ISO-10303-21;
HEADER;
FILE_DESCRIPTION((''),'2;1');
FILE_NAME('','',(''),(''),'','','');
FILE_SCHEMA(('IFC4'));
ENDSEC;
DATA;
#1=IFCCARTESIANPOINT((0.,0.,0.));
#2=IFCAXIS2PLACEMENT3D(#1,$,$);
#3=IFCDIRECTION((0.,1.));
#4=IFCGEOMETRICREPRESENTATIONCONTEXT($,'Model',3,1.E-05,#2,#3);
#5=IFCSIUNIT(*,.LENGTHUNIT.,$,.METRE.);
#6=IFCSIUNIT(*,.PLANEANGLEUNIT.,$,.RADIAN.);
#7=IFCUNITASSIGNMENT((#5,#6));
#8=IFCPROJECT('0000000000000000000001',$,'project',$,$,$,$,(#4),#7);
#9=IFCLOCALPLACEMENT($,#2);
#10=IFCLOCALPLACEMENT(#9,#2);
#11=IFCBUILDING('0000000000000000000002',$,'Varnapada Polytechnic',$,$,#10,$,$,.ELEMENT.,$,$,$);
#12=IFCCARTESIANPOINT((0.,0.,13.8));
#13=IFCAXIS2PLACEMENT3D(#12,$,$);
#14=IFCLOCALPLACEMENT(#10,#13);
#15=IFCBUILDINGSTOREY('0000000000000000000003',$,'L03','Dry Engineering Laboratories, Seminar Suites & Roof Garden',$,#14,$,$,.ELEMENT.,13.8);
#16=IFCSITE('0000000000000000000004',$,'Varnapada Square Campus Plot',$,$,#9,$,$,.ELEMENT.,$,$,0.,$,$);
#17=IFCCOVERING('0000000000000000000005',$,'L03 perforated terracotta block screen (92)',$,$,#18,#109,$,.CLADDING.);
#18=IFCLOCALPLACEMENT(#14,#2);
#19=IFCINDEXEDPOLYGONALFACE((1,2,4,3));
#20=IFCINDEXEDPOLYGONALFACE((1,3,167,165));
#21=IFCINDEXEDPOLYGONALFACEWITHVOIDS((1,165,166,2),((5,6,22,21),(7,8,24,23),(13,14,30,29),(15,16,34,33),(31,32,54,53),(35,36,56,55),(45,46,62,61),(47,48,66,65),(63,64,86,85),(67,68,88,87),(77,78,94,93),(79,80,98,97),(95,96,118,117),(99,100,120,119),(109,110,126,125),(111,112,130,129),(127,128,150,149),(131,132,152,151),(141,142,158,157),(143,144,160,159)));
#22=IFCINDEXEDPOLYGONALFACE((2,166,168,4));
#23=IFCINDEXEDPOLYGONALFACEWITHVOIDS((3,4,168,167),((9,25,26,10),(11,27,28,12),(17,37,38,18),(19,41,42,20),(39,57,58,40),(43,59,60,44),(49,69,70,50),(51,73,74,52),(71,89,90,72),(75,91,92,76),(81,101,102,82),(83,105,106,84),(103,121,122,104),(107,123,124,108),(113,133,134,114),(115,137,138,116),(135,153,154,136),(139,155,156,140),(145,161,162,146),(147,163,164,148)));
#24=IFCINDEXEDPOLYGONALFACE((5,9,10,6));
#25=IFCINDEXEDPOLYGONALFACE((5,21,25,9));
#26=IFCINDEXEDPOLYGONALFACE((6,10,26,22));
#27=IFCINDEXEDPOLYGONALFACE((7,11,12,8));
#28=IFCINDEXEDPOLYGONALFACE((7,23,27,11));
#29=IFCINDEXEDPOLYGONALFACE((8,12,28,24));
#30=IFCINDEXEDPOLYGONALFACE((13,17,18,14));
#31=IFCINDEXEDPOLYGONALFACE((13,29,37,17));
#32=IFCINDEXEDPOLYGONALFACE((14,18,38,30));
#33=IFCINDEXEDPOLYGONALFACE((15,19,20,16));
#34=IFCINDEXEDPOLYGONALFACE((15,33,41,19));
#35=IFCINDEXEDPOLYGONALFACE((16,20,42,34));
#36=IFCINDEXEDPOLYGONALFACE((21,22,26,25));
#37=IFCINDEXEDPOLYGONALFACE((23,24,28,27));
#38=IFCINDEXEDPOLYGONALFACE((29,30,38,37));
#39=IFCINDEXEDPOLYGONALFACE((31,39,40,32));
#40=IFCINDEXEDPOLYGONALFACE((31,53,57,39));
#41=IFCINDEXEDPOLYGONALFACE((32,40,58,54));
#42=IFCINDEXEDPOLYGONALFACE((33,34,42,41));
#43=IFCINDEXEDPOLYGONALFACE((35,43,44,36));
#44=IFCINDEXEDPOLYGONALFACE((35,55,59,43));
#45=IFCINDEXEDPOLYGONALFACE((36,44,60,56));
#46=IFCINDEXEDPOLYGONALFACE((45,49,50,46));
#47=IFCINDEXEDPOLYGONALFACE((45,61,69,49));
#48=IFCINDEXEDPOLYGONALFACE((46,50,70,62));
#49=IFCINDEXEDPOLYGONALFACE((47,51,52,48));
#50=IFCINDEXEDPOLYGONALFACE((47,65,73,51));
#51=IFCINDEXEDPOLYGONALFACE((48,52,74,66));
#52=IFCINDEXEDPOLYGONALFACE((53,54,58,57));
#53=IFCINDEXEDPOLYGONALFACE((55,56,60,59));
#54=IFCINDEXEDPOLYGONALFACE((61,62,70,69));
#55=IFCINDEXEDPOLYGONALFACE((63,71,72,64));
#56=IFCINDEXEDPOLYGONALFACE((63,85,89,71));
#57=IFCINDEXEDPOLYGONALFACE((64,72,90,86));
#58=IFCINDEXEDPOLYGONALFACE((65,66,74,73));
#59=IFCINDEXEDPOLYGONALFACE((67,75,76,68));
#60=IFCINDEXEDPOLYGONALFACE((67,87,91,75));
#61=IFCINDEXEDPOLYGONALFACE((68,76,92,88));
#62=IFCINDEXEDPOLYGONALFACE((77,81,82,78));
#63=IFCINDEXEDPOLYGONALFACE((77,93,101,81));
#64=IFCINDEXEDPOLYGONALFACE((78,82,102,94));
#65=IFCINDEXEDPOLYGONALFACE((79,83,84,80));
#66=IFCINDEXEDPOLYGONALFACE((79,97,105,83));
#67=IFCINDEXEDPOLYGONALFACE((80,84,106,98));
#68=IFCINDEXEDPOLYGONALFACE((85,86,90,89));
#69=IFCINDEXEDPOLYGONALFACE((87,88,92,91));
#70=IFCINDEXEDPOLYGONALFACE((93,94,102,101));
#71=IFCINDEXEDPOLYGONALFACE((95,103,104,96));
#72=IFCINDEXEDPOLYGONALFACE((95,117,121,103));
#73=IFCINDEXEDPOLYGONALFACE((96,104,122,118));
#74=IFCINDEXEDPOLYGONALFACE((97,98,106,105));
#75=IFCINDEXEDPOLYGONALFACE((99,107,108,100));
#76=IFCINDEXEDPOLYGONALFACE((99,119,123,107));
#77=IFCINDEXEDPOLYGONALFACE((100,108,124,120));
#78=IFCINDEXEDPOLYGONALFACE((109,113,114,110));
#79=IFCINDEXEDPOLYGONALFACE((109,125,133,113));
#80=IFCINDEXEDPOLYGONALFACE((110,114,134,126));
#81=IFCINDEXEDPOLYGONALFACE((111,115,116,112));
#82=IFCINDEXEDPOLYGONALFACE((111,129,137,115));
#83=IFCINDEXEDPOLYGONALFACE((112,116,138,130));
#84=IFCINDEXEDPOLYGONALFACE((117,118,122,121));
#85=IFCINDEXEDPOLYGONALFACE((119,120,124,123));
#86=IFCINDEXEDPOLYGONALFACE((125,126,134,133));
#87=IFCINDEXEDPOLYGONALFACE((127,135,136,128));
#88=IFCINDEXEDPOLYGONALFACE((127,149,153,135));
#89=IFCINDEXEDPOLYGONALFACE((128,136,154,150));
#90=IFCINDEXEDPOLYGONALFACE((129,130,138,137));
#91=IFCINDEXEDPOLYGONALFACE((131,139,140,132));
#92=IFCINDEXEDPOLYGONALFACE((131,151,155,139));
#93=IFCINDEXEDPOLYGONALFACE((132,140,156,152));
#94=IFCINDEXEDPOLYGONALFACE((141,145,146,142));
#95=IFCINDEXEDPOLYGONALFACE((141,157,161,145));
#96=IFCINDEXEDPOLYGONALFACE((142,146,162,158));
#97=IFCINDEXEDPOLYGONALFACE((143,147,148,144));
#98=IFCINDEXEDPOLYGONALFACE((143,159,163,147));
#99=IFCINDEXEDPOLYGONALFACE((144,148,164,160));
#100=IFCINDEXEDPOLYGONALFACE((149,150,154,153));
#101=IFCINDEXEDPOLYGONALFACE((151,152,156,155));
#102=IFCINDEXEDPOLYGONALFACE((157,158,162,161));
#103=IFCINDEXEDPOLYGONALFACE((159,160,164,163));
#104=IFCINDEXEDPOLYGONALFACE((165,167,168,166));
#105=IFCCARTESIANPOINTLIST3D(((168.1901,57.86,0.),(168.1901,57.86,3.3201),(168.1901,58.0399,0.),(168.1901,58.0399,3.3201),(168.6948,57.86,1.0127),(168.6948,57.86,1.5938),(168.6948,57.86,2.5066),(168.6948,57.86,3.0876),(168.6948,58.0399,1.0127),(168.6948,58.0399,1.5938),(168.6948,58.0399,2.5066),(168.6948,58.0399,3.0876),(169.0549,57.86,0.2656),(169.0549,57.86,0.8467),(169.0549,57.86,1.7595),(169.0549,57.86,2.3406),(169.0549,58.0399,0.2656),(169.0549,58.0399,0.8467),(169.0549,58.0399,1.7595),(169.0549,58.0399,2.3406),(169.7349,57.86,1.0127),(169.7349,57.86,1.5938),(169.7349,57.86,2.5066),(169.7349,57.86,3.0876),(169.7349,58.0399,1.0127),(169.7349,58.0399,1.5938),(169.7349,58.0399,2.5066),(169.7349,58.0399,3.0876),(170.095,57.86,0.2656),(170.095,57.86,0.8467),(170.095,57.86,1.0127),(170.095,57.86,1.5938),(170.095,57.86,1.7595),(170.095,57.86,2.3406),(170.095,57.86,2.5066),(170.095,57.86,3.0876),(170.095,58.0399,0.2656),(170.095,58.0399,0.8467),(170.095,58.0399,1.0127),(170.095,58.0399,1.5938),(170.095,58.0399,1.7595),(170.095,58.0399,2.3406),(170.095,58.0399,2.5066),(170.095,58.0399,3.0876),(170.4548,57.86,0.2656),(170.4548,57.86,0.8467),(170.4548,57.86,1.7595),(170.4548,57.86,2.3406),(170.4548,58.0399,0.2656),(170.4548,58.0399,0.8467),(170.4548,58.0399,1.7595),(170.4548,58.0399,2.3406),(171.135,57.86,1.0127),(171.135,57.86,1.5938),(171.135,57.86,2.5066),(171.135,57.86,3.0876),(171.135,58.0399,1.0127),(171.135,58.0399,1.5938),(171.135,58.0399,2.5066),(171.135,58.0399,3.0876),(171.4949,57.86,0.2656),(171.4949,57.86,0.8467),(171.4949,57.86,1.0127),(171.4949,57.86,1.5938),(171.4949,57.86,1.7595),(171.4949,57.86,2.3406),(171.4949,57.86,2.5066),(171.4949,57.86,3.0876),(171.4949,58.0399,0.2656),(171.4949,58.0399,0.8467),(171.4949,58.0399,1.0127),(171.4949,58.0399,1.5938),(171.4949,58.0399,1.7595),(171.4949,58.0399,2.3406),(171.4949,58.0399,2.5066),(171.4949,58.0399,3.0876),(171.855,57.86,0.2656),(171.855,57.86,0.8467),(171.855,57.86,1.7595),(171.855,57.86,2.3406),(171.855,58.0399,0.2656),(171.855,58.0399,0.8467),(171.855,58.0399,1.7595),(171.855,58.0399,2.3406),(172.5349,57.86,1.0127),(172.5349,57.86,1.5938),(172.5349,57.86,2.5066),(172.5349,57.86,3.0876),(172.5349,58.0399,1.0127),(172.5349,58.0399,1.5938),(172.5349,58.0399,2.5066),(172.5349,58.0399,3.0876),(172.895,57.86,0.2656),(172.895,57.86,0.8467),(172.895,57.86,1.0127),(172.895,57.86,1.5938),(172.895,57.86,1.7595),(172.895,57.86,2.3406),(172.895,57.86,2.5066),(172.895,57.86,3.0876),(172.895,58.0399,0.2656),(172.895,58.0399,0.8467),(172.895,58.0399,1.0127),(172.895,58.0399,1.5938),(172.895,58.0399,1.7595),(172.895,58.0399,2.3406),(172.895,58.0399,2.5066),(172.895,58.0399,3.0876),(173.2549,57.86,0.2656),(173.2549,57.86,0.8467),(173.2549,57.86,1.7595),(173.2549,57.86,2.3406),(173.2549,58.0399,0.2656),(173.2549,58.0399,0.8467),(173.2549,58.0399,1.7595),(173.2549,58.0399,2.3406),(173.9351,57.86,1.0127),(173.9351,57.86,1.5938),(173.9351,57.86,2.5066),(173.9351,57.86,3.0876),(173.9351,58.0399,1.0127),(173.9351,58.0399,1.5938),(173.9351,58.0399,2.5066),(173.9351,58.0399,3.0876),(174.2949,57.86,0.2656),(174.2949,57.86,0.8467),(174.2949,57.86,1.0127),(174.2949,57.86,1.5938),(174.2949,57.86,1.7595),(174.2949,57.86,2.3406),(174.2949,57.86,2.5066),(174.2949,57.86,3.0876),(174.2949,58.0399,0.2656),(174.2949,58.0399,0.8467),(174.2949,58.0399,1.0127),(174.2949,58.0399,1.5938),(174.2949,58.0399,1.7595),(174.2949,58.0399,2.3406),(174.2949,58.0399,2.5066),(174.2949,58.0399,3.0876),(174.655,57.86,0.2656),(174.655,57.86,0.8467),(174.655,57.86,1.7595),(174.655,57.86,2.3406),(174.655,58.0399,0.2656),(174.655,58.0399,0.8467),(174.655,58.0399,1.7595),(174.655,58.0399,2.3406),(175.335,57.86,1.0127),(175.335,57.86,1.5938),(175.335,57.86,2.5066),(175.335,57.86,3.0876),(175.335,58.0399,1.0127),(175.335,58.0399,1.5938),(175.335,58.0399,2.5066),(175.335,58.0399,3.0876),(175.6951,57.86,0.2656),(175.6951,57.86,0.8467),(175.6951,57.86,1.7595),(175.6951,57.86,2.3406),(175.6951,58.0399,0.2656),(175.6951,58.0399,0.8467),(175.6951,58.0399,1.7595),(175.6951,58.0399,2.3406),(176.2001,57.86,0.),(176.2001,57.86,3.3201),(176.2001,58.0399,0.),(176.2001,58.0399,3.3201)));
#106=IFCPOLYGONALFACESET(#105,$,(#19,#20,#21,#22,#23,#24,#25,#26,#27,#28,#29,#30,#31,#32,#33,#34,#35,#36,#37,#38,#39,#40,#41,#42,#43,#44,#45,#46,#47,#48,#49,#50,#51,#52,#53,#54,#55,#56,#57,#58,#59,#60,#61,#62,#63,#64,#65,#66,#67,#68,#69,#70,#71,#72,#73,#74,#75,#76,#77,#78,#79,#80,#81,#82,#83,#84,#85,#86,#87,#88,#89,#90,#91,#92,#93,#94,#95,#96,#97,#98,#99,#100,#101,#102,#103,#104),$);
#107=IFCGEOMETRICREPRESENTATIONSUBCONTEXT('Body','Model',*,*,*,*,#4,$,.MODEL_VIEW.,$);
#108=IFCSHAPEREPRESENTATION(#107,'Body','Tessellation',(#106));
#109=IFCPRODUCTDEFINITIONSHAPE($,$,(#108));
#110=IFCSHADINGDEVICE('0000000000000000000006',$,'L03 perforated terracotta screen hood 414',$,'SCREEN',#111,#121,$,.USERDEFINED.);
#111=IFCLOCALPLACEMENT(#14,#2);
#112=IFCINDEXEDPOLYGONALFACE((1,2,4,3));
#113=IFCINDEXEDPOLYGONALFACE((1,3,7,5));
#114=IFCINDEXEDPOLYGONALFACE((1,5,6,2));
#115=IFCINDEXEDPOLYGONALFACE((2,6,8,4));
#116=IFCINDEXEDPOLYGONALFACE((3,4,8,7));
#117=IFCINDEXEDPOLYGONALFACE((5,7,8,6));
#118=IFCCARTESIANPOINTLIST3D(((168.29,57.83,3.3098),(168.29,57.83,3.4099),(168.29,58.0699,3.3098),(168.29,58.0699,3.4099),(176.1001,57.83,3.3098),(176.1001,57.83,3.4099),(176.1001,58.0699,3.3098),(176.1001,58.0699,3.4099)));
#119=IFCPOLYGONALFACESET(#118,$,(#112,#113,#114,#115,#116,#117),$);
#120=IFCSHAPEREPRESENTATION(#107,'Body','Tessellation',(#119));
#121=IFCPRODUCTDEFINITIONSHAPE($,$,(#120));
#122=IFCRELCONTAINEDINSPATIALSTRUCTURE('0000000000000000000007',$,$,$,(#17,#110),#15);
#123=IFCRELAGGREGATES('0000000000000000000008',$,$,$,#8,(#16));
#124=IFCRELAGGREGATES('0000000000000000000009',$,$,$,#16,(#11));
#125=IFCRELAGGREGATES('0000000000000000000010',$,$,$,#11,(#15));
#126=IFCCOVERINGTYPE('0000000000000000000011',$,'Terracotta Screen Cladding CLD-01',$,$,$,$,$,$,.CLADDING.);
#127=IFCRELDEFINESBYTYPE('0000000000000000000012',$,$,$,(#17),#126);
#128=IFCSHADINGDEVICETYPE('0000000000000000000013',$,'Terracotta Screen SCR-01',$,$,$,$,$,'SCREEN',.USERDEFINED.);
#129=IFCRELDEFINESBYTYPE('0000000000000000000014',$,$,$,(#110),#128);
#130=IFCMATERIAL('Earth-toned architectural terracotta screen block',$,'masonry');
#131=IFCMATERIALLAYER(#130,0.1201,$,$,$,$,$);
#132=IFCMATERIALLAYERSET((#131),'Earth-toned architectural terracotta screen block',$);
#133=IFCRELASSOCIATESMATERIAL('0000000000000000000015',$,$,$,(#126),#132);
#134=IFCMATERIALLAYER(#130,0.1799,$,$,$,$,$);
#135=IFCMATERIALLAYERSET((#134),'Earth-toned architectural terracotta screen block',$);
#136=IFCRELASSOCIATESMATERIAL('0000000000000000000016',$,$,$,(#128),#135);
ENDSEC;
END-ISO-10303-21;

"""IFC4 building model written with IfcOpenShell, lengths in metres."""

from ifc_helpers import new_model, si_unit, direction, frame, frame_2d, origin, origin_2d, place, context, subcontext, project, spatial, rectangle, extrude, material, layer, layer_set, type_object, element, save


model = new_model("IFC4")

# Units and contexts
model_context = context("Model", 3, precision=1e-05, world=origin(), true_north=direction((0.0, 1.0)))
body_context = subcontext(model_context, "Body", "Model", "MODEL_VIEW")
ifc_project = project(units=[si_unit("LENGTHUNIT", "METRE"), si_unit("PLANEANGLEUNIT", "RADIAN")], contexts=[model_context])

# Site, building, storey
site_placement = place(None, origin())
site = spatial("IfcSite", under=ifc_project, at=site_placement, Name="Varnapada Square Campus Plot", CompositionType="ELEMENT", RefElevation=0.0)
building_placement = place(site_placement, origin())
building = spatial("IfcBuilding", under=site, at=building_placement, Name="Varnapada Polytechnic", CompositionType="ELEMENT")
storey_placement = place(building_placement, frame((0.0, 0.0, 13.8)))
storey = spatial("IfcBuildingStorey", under=building, at=storey_placement, Name="L03", Description="Dry Engineering Laboratories, Seminar Suites & Roof Garden", CompositionType="ELEMENT", Elevation=13.8)

# Covering, openings
ifc_material_1 = material(Name="Earth-toned architectural terracotta screen block", Category="masonry")
ifc_layer_1 = layer(ifc_material_1, 0.1201)
ifc_layer_set_1 = layer_set([ifc_layer_1], Name="Earth-toned architectural terracotta screen block")
covering_type = type_object("IfcCoveringType", Name="Terracotta Screen Cladding CLD-01", PredefinedType="CLADDING", material=ifc_layer_set_1)
covering_placement = place(storey_placement, frame((176.2, 57.95, 0.0), z_axis=(0.0, 0.0, 1.0), x_axis=(-1.0, 0.0, 0.0)))
covering = element("IfcCovering", 1, at=covering_placement, inside=storey, type_object=covering_type, Name="L03 perforated terracotta block screen (92)", PredefinedType="CLADDING", context=body_context, shape_type="SweptSolid", body=[
    extrude(rectangle(XDim=8.01, YDim=0.1799, at=frame_2d((4.0049, 0.0))), origin(), (0.0, 0.0, 1.0), 3.3201),
])
opening_1_placement = place(covering_placement, frame((0.5049, 0.0, 0.2656)))
element("IfcOpeningElement", 2, at=opening_1_placement, cuts=covering, PredefinedType="OPENING", context=body_context, shape_type="SweptSolid", body=[
    extrude(rectangle(XDim=1.04, YDim=0.5811, at=frame_2d((0.52, 0.2905))), frame((0.0, 0.0999, 0.0), z_axis=(0.0, -1.0, 0.0), x_axis=(1.0, 0.0, 0.0)), (0.0, 0.0, 1.0), 0.2),
])
opening_2_placement = place(covering_placement, frame((1.905, 0.0, 0.2656)))
element("IfcOpeningElement", 3, at=opening_2_placement, cuts=covering, PredefinedType="OPENING", context=body_context, shape_type="SweptSolid", body=[
    extrude(rectangle(XDim=1.04, YDim=0.5811, at=frame_2d((0.52, 0.2905))), frame((0.0, 0.0999, 0.0), z_axis=(0.0, -1.0, 0.0), x_axis=(1.0, 0.0, 0.0)), (0.0, 0.0, 1.0), 0.2),
])
opening_3_placement = place(covering_placement, frame((3.3049, 0.0, 0.2656)))
element("IfcOpeningElement", 4, at=opening_3_placement, cuts=covering, PredefinedType="OPENING", context=body_context, shape_type="SweptSolid", body=[
    extrude(rectangle(XDim=1.04, YDim=0.5811, at=frame_2d((0.52, 0.2905))), frame((0.0, 0.0999, 0.0), z_axis=(0.0, -1.0, 0.0), x_axis=(1.0, 0.0, 0.0)), (0.0, 0.0, 1.0), 0.2),
])
opening_4_placement = place(covering_placement, frame((4.7051, 0.0, 0.2656)))
element("IfcOpeningElement", 5, at=opening_4_placement, cuts=covering, PredefinedType="OPENING", context=body_context, shape_type="SweptSolid", body=[
    extrude(rectangle(XDim=1.04, YDim=0.5811, at=frame_2d((0.52, 0.2905))), frame((0.0, 0.0999, 0.0), z_axis=(0.0, -1.0, 0.0), x_axis=(1.0, 0.0, 0.0)), (0.0, 0.0, 1.0), 0.2),
])
opening_5_placement = place(covering_placement, frame((6.105, 0.0, 0.2656)))
element("IfcOpeningElement", 6, at=opening_5_placement, cuts=covering, PredefinedType="OPENING", context=body_context, shape_type="SweptSolid", body=[
    extrude(rectangle(XDim=1.04, YDim=0.5811, at=frame_2d((0.52, 0.2905))), frame((0.0, 0.0999, 0.0), z_axis=(0.0, -1.0, 0.0), x_axis=(1.0, 0.0, 0.0)), (0.0, 0.0, 1.0), 0.2),
])
opening_6_placement = place(covering_placement, frame((0.865, 0.0, 1.0127)))
element("IfcOpeningElement", 7, at=opening_6_placement, cuts=covering, PredefinedType="OPENING", context=body_context, shape_type="SweptSolid", body=[
    extrude(rectangle(XDim=1.04, YDim=0.5811, at=frame_2d((0.52, 0.2905))), frame((0.0, 0.0999, 0.0), z_axis=(0.0, -1.0, 0.0), x_axis=(1.0, 0.0, 0.0)), (0.0, 0.0, 1.0), 0.2),
])
opening_7_placement = place(covering_placement, frame((2.2649, 0.0, 1.0127)))
element("IfcOpeningElement", 8, at=opening_7_placement, cuts=covering, PredefinedType="OPENING", context=body_context, shape_type="SweptSolid", body=[
    extrude(rectangle(XDim=1.04, YDim=0.5811, at=frame_2d((0.52, 0.2905))), frame((0.0, 0.0999, 0.0), z_axis=(0.0, -1.0, 0.0), x_axis=(1.0, 0.0, 0.0)), (0.0, 0.0, 1.0), 0.2),
])
opening_8_placement = place(covering_placement, frame((3.665, 0.0, 1.0127)))
element("IfcOpeningElement", 9, at=opening_8_placement, cuts=covering, PredefinedType="OPENING", context=body_context, shape_type="SweptSolid", body=[
    extrude(rectangle(XDim=1.04, YDim=0.5811, at=frame_2d((0.52, 0.2905))), frame((0.0, 0.0999, 0.0), z_axis=(0.0, -1.0, 0.0), x_axis=(1.0, 0.0, 0.0)), (0.0, 0.0, 1.0), 0.2),
])
opening_9_placement = place(covering_placement, frame((5.0649, 0.0, 1.0127)))
element("IfcOpeningElement", 10, at=opening_9_placement, cuts=covering, PredefinedType="OPENING", context=body_context, shape_type="SweptSolid", body=[
    extrude(rectangle(XDim=1.04, YDim=0.5811, at=frame_2d((0.52, 0.2905))), frame((0.0, 0.0999, 0.0), z_axis=(0.0, -1.0, 0.0), x_axis=(1.0, 0.0, 0.0)), (0.0, 0.0, 1.0), 0.2),
])
opening_10_placement = place(covering_placement, frame((6.4651, 0.0, 1.0127)))
element("IfcOpeningElement", 11, at=opening_10_placement, cuts=covering, PredefinedType="OPENING", context=body_context, shape_type="SweptSolid", body=[
    extrude(rectangle(XDim=1.04, YDim=0.5811, at=frame_2d((0.52, 0.2905))), frame((0.0, 0.0999, 0.0), z_axis=(0.0, -1.0, 0.0), x_axis=(1.0, 0.0, 0.0)), (0.0, 0.0, 1.0), 0.2),
])
opening_11_placement = place(covering_placement, frame((0.5049, 0.0, 1.7595)))
element("IfcOpeningElement", 12, at=opening_11_placement, cuts=covering, PredefinedType="OPENING", context=body_context, shape_type="SweptSolid", body=[
    extrude(rectangle(XDim=1.04, YDim=0.5811, at=frame_2d((0.52, 0.2905))), frame((0.0, 0.0999, 0.0), z_axis=(0.0, -1.0, 0.0), x_axis=(1.0, 0.0, 0.0)), (0.0, 0.0, 1.0), 0.2),
])
opening_12_placement = place(covering_placement, frame((1.905, 0.0, 1.7595)))
element("IfcOpeningElement", 13, at=opening_12_placement, cuts=covering, PredefinedType="OPENING", context=body_context, shape_type="SweptSolid", body=[
    extrude(rectangle(XDim=1.04, YDim=0.5811, at=frame_2d((0.52, 0.2905))), frame((0.0, 0.0999, 0.0), z_axis=(0.0, -1.0, 0.0), x_axis=(1.0, 0.0, 0.0)), (0.0, 0.0, 1.0), 0.2),
])
opening_13_placement = place(covering_placement, frame((3.3049, 0.0, 1.7595)))
element("IfcOpeningElement", 14, at=opening_13_placement, cuts=covering, PredefinedType="OPENING", context=body_context, shape_type="SweptSolid", body=[
    extrude(rectangle(XDim=1.04, YDim=0.5811, at=frame_2d((0.52, 0.2905))), frame((0.0, 0.0999, 0.0), z_axis=(0.0, -1.0, 0.0), x_axis=(1.0, 0.0, 0.0)), (0.0, 0.0, 1.0), 0.2),
])
opening_14_placement = place(covering_placement, frame((4.7051, 0.0, 1.7595)))
element("IfcOpeningElement", 15, at=opening_14_placement, cuts=covering, PredefinedType="OPENING", context=body_context, shape_type="SweptSolid", body=[
    extrude(rectangle(XDim=1.04, YDim=0.5811, at=frame_2d((0.52, 0.2905))), frame((0.0, 0.0999, 0.0), z_axis=(0.0, -1.0, 0.0), x_axis=(1.0, 0.0, 0.0)), (0.0, 0.0, 1.0), 0.2),
])
opening_15_placement = place(covering_placement, frame((6.105, 0.0, 1.7595)))
element("IfcOpeningElement", 16, at=opening_15_placement, cuts=covering, PredefinedType="OPENING", context=body_context, shape_type="SweptSolid", body=[
    extrude(rectangle(XDim=1.04, YDim=0.5811, at=frame_2d((0.52, 0.2905))), frame((0.0, 0.0999, 0.0), z_axis=(0.0, -1.0, 0.0), x_axis=(1.0, 0.0, 0.0)), (0.0, 0.0, 1.0), 0.2),
])
opening_16_placement = place(covering_placement, frame((0.865, 0.0, 2.5066)))
element("IfcOpeningElement", 17, at=opening_16_placement, cuts=covering, PredefinedType="OPENING", context=body_context, shape_type="SweptSolid", body=[
    extrude(rectangle(XDim=1.04, YDim=0.5811, at=frame_2d((0.52, 0.2905))), frame((0.0, 0.0999, 0.0), z_axis=(0.0, -1.0, 0.0), x_axis=(1.0, 0.0, 0.0)), (0.0, 0.0, 1.0), 0.2),
])
opening_17_placement = place(covering_placement, frame((2.2649, 0.0, 2.5066)))
element("IfcOpeningElement", 18, at=opening_17_placement, cuts=covering, PredefinedType="OPENING", context=body_context, shape_type="SweptSolid", body=[
    extrude(rectangle(XDim=1.04, YDim=0.5811, at=frame_2d((0.52, 0.2905))), frame((0.0, 0.0999, 0.0), z_axis=(0.0, -1.0, 0.0), x_axis=(1.0, 0.0, 0.0)), (0.0, 0.0, 1.0), 0.2),
])
opening_18_placement = place(covering_placement, frame((3.665, 0.0, 2.5066)))
element("IfcOpeningElement", 19, at=opening_18_placement, cuts=covering, PredefinedType="OPENING", context=body_context, shape_type="SweptSolid", body=[
    extrude(rectangle(XDim=1.04, YDim=0.5811, at=frame_2d((0.52, 0.2905))), frame((0.0, 0.0999, 0.0), z_axis=(0.0, -1.0, 0.0), x_axis=(1.0, 0.0, 0.0)), (0.0, 0.0, 1.0), 0.2),
])
opening_19_placement = place(covering_placement, frame((5.0649, 0.0, 2.5066)))
element("IfcOpeningElement", 20, at=opening_19_placement, cuts=covering, PredefinedType="OPENING", context=body_context, shape_type="SweptSolid", body=[
    extrude(rectangle(XDim=1.04, YDim=0.5811, at=frame_2d((0.52, 0.2905))), frame((0.0, 0.0999, 0.0), z_axis=(0.0, -1.0, 0.0), x_axis=(1.0, 0.0, 0.0)), (0.0, 0.0, 1.0), 0.2),
])
opening_20_placement = place(covering_placement, frame((6.4651, 0.0, 2.5066)))
element("IfcOpeningElement", 21, at=opening_20_placement, cuts=covering, PredefinedType="OPENING", context=body_context, shape_type="SweptSolid", body=[
    extrude(rectangle(XDim=1.04, YDim=0.5811, at=frame_2d((0.52, 0.2905))), frame((0.0, 0.0999, 0.0), z_axis=(0.0, -1.0, 0.0), x_axis=(1.0, 0.0, 0.0)), (0.0, 0.0, 1.0), 0.2),
])

# Shading device
ifc_layer_2 = layer(ifc_material_1, 0.1799)
ifc_layer_set_2 = layer_set([ifc_layer_2], Name="Earth-toned architectural terracotta screen block")
shading_device_type = type_object("IfcShadingDeviceType", Name="Terracotta Screen SCR-01", ElementType="SCREEN", PredefinedType="USERDEFINED", material=ifc_layer_set_2)
shading_device_placement = place(storey_placement, frame((172.1951, 57.95, 3.3098), z_axis=(0.0, 0.0, 1.0), x_axis=(-1.0, 0.0, 0.0)))
element("IfcShadingDevice", 22, at=shading_device_placement, inside=storey, type_object=shading_device_type, Name="L03 perforated terracotta screen hood 414", ObjectType="SCREEN", PredefinedType="USERDEFINED", context=body_context, shape_type="SweptSolid", body=[
    extrude(rectangle(XDim=7.8101, YDim=0.24, at=origin_2d()), origin(), (0.0, 0.0, 1.0), 0.1001),
])

save(model, "model.ifc")
